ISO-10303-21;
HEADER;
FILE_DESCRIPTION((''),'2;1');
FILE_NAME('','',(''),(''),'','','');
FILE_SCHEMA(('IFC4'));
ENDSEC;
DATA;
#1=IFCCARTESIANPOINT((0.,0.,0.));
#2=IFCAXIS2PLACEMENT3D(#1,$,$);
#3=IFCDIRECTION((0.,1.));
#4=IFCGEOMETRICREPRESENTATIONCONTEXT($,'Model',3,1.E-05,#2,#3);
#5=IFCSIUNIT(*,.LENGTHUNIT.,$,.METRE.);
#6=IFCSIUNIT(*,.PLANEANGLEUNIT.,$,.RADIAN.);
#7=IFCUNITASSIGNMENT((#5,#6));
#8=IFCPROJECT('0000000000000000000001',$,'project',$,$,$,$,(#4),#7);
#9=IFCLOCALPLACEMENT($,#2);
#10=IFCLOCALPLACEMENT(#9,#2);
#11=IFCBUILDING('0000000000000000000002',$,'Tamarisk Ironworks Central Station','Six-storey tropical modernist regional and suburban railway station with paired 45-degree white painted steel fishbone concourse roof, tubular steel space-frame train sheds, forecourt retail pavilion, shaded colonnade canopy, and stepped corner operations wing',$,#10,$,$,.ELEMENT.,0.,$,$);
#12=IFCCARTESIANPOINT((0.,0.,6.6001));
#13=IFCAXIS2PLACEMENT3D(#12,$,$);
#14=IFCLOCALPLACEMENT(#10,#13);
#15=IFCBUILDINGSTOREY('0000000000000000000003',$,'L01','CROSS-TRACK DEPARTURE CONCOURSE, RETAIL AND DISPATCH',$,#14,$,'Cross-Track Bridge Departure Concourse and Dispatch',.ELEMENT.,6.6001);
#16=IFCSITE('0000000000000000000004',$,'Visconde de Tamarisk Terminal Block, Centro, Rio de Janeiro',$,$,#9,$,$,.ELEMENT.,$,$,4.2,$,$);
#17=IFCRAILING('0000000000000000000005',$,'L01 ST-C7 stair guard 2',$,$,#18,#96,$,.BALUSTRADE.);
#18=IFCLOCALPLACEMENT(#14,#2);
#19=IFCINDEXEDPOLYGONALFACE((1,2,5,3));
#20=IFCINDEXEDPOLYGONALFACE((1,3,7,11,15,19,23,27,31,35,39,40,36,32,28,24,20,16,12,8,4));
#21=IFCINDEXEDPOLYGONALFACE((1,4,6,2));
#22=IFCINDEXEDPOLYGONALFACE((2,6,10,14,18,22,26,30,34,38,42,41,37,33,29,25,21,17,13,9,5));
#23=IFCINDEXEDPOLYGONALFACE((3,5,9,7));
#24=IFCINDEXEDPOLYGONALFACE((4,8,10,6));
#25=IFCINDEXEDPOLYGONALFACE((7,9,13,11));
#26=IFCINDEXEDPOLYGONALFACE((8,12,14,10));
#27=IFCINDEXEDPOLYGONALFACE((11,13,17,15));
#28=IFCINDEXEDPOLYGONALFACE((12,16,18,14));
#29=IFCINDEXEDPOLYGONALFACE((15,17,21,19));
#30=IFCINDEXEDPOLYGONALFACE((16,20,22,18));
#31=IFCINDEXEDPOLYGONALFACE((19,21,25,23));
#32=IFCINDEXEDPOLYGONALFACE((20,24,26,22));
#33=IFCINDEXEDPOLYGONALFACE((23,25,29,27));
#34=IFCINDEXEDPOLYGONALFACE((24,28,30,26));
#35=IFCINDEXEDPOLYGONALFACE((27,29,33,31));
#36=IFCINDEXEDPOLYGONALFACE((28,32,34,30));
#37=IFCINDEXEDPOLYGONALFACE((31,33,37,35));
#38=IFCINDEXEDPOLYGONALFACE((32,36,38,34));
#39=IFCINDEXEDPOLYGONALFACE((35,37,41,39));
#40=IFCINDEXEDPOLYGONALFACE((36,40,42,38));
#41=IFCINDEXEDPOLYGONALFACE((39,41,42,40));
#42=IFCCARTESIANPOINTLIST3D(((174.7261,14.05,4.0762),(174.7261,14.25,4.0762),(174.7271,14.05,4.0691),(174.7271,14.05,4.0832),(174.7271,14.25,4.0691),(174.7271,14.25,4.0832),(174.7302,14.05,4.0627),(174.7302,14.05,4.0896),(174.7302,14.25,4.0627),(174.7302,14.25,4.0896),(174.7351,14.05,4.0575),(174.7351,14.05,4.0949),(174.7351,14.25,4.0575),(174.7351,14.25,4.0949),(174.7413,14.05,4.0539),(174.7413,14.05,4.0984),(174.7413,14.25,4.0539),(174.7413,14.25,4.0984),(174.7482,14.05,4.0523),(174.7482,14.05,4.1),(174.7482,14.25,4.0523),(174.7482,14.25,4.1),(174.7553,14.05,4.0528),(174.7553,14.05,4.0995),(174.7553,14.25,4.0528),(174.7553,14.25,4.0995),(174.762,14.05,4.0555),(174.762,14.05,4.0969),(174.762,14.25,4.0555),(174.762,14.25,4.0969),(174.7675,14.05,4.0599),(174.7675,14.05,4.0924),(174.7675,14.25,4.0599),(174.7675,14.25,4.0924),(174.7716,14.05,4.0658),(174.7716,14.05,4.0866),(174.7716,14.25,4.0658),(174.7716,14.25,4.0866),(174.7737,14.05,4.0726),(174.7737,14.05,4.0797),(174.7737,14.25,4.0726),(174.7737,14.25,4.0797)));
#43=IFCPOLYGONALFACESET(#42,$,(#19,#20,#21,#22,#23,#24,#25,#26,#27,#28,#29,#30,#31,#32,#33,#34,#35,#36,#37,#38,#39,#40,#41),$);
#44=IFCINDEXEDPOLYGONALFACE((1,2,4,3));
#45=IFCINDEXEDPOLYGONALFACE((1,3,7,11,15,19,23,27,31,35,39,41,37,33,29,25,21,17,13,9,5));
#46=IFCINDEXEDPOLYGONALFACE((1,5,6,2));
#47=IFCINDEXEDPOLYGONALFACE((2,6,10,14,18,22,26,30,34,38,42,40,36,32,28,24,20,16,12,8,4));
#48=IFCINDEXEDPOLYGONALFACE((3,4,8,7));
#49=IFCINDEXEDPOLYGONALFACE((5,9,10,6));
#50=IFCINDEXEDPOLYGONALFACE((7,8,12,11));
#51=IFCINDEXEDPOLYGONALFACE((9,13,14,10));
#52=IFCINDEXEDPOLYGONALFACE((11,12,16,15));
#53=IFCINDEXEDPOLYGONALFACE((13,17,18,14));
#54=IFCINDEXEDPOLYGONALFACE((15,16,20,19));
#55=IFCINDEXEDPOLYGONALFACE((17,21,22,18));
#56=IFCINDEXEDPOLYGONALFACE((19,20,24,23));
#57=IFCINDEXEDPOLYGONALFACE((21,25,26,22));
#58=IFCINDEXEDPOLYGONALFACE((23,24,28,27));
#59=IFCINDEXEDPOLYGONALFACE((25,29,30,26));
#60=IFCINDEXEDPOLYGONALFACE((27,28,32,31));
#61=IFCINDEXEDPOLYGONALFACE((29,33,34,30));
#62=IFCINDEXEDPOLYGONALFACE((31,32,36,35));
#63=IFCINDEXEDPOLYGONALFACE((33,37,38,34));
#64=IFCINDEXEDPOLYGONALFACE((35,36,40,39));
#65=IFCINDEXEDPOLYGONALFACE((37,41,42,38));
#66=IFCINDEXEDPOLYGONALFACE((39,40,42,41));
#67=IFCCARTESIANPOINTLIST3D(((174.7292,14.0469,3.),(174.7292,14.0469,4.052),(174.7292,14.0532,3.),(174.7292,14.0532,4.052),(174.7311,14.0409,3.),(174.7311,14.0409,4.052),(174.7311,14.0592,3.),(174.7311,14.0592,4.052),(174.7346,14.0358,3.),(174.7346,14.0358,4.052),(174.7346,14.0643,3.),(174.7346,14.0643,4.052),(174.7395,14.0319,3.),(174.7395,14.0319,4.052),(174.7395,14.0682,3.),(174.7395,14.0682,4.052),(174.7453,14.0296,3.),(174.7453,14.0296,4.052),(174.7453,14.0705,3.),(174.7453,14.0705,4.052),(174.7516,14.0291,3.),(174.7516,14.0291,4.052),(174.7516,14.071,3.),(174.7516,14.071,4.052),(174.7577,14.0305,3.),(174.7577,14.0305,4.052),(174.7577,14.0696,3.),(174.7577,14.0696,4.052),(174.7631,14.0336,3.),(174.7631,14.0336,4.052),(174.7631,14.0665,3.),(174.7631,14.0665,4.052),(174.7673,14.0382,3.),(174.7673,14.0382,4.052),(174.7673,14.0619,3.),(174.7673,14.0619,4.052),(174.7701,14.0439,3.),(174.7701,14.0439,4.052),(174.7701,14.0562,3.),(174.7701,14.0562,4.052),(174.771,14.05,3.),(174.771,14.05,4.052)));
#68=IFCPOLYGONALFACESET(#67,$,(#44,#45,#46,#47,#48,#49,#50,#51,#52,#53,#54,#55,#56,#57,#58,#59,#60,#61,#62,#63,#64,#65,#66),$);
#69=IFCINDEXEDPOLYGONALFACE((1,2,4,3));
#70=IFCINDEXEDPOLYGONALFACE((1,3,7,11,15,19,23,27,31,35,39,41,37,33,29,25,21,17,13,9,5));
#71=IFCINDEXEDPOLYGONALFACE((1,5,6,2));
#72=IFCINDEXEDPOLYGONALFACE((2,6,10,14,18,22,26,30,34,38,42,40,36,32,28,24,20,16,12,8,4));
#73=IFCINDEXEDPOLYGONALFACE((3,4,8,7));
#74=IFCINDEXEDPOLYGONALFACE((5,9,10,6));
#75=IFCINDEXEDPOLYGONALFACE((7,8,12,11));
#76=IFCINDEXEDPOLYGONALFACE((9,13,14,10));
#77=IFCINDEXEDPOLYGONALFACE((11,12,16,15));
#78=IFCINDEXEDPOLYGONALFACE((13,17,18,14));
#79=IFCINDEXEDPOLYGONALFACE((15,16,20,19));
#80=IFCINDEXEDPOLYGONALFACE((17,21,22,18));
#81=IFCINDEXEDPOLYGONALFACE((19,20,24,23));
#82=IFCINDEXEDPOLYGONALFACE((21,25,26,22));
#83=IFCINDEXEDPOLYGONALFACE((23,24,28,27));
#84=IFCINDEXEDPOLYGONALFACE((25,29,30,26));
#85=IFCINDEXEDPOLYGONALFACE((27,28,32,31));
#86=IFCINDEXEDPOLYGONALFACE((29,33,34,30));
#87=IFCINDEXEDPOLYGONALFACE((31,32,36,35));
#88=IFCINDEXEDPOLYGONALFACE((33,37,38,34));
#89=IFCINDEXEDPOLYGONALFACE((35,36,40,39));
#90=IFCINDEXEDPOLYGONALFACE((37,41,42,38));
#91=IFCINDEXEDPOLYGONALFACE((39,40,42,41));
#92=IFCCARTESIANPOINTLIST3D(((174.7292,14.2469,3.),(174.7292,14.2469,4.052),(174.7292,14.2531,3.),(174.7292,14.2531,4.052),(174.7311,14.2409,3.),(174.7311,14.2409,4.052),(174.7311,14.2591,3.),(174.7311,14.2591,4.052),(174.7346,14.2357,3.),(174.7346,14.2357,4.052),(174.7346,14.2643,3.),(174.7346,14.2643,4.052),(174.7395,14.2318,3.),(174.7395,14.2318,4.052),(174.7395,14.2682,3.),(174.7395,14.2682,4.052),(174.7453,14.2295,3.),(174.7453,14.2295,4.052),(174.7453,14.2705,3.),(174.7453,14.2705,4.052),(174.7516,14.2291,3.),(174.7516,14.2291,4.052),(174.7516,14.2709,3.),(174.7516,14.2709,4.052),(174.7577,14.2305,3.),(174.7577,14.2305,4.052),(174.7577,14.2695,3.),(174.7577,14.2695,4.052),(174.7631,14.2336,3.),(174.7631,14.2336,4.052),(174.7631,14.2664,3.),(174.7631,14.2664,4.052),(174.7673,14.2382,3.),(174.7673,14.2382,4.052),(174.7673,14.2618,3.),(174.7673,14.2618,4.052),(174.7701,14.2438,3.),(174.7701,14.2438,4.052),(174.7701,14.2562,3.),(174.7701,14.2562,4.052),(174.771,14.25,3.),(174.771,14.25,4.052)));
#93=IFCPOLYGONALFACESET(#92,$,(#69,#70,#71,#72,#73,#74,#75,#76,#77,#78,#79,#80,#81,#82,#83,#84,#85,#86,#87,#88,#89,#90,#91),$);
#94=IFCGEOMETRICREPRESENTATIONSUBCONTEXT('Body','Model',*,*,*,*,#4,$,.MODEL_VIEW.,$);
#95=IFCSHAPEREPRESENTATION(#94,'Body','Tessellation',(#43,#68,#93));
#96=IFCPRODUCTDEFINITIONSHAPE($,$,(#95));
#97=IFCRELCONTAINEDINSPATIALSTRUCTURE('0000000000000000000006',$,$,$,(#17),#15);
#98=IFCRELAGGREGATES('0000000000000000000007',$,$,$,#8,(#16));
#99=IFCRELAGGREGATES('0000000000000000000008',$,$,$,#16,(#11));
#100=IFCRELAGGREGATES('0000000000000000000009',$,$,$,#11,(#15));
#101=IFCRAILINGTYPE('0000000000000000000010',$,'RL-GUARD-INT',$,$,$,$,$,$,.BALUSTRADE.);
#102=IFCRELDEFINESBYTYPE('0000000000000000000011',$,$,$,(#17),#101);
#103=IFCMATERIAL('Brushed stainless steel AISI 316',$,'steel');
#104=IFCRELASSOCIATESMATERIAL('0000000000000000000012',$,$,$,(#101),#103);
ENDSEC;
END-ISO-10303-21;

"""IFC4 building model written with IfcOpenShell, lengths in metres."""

from ifc_helpers import new_model, si_unit, direction, frame, origin, origin_2d, place, context, subcontext, project, spatial, circle, extrude, material, type_object, element, save


model = new_model("IFC4")

# Units and contexts
model_context = context("Model", 3, precision=1e-05, world=origin(), true_north=direction((0.0, 1.0)))
body_context = subcontext(model_context, "Body", "Model", "MODEL_VIEW")
ifc_project = project(units=[si_unit("LENGTHUNIT", "METRE"), si_unit("PLANEANGLEUNIT", "RADIAN")], contexts=[model_context])

# Site, building, storey
site_placement = place(None, origin())
site = spatial("IfcSite", under=ifc_project, at=site_placement, Name="Visconde de Tamarisk Terminal Block, Centro, Rio de Janeiro", CompositionType="ELEMENT", RefElevation=4.2)
building_placement = place(site_placement, origin())
building = spatial("IfcBuilding", under=site, at=building_placement, Name="Tamarisk Ironworks Central Station", Description="Six-storey tropical modernist regional and suburban railway station with paired 45-degree white painted steel fishbone concourse roof, tubular steel space-frame train sheds, forecourt retail pavilion, shaded colonnade canopy, and stepped corner operations wing", CompositionType="ELEMENT", ElevationOfRefHeight=0.0)
storey_placement = place(building_placement, frame((0.0, 0.0, 6.6001)))
storey = spatial("IfcBuildingStorey", under=building, at=storey_placement, Name="L01", Description="CROSS-TRACK DEPARTURE CONCOURSE, RETAIL AND DISPATCH", LongName="Cross-Track Bridge Departure Concourse and Dispatch", CompositionType="ELEMENT", Elevation=6.6001)

# Railing
ifc_material_1 = material(Name="Brushed stainless steel AISI 316", Category="steel")
railing_type_1 = type_object("IfcRailingType", Name="RL-GUARD-INT", PredefinedType="BALUSTRADE", material=ifc_material_1)
railing_1_placement = place(storey_placement, frame((174.75, 14.05, 3.0)))
element("IfcRailing", 1, at=railing_1_placement, inside=storey, type_object=railing_type_1, Name="L01 ST-C7 stair guard 2", PredefinedType="BALUSTRADE", context=body_context, shape_type="SweptSolid", body=[
    extrude(circle(Radius=0.0239, at=origin_2d()), frame((0.0, 0.0, 1.0762), z_axis=(0.0, 1.0, 0.0), x_axis=(-1.0, 0.0, 0.0)), (0.0, 0.0, 1.0), 0.2),
    extrude(circle(Radius=0.021, at=origin_2d()), origin(), (0.0, 0.0, 1.0), 1.052),
    extrude(circle(Radius=0.021, at=origin_2d()), frame((0.0, 0.2, 0.0)), (0.0, 0.0, 1.0), 1.052),
])

save(model, "model.ifc")
